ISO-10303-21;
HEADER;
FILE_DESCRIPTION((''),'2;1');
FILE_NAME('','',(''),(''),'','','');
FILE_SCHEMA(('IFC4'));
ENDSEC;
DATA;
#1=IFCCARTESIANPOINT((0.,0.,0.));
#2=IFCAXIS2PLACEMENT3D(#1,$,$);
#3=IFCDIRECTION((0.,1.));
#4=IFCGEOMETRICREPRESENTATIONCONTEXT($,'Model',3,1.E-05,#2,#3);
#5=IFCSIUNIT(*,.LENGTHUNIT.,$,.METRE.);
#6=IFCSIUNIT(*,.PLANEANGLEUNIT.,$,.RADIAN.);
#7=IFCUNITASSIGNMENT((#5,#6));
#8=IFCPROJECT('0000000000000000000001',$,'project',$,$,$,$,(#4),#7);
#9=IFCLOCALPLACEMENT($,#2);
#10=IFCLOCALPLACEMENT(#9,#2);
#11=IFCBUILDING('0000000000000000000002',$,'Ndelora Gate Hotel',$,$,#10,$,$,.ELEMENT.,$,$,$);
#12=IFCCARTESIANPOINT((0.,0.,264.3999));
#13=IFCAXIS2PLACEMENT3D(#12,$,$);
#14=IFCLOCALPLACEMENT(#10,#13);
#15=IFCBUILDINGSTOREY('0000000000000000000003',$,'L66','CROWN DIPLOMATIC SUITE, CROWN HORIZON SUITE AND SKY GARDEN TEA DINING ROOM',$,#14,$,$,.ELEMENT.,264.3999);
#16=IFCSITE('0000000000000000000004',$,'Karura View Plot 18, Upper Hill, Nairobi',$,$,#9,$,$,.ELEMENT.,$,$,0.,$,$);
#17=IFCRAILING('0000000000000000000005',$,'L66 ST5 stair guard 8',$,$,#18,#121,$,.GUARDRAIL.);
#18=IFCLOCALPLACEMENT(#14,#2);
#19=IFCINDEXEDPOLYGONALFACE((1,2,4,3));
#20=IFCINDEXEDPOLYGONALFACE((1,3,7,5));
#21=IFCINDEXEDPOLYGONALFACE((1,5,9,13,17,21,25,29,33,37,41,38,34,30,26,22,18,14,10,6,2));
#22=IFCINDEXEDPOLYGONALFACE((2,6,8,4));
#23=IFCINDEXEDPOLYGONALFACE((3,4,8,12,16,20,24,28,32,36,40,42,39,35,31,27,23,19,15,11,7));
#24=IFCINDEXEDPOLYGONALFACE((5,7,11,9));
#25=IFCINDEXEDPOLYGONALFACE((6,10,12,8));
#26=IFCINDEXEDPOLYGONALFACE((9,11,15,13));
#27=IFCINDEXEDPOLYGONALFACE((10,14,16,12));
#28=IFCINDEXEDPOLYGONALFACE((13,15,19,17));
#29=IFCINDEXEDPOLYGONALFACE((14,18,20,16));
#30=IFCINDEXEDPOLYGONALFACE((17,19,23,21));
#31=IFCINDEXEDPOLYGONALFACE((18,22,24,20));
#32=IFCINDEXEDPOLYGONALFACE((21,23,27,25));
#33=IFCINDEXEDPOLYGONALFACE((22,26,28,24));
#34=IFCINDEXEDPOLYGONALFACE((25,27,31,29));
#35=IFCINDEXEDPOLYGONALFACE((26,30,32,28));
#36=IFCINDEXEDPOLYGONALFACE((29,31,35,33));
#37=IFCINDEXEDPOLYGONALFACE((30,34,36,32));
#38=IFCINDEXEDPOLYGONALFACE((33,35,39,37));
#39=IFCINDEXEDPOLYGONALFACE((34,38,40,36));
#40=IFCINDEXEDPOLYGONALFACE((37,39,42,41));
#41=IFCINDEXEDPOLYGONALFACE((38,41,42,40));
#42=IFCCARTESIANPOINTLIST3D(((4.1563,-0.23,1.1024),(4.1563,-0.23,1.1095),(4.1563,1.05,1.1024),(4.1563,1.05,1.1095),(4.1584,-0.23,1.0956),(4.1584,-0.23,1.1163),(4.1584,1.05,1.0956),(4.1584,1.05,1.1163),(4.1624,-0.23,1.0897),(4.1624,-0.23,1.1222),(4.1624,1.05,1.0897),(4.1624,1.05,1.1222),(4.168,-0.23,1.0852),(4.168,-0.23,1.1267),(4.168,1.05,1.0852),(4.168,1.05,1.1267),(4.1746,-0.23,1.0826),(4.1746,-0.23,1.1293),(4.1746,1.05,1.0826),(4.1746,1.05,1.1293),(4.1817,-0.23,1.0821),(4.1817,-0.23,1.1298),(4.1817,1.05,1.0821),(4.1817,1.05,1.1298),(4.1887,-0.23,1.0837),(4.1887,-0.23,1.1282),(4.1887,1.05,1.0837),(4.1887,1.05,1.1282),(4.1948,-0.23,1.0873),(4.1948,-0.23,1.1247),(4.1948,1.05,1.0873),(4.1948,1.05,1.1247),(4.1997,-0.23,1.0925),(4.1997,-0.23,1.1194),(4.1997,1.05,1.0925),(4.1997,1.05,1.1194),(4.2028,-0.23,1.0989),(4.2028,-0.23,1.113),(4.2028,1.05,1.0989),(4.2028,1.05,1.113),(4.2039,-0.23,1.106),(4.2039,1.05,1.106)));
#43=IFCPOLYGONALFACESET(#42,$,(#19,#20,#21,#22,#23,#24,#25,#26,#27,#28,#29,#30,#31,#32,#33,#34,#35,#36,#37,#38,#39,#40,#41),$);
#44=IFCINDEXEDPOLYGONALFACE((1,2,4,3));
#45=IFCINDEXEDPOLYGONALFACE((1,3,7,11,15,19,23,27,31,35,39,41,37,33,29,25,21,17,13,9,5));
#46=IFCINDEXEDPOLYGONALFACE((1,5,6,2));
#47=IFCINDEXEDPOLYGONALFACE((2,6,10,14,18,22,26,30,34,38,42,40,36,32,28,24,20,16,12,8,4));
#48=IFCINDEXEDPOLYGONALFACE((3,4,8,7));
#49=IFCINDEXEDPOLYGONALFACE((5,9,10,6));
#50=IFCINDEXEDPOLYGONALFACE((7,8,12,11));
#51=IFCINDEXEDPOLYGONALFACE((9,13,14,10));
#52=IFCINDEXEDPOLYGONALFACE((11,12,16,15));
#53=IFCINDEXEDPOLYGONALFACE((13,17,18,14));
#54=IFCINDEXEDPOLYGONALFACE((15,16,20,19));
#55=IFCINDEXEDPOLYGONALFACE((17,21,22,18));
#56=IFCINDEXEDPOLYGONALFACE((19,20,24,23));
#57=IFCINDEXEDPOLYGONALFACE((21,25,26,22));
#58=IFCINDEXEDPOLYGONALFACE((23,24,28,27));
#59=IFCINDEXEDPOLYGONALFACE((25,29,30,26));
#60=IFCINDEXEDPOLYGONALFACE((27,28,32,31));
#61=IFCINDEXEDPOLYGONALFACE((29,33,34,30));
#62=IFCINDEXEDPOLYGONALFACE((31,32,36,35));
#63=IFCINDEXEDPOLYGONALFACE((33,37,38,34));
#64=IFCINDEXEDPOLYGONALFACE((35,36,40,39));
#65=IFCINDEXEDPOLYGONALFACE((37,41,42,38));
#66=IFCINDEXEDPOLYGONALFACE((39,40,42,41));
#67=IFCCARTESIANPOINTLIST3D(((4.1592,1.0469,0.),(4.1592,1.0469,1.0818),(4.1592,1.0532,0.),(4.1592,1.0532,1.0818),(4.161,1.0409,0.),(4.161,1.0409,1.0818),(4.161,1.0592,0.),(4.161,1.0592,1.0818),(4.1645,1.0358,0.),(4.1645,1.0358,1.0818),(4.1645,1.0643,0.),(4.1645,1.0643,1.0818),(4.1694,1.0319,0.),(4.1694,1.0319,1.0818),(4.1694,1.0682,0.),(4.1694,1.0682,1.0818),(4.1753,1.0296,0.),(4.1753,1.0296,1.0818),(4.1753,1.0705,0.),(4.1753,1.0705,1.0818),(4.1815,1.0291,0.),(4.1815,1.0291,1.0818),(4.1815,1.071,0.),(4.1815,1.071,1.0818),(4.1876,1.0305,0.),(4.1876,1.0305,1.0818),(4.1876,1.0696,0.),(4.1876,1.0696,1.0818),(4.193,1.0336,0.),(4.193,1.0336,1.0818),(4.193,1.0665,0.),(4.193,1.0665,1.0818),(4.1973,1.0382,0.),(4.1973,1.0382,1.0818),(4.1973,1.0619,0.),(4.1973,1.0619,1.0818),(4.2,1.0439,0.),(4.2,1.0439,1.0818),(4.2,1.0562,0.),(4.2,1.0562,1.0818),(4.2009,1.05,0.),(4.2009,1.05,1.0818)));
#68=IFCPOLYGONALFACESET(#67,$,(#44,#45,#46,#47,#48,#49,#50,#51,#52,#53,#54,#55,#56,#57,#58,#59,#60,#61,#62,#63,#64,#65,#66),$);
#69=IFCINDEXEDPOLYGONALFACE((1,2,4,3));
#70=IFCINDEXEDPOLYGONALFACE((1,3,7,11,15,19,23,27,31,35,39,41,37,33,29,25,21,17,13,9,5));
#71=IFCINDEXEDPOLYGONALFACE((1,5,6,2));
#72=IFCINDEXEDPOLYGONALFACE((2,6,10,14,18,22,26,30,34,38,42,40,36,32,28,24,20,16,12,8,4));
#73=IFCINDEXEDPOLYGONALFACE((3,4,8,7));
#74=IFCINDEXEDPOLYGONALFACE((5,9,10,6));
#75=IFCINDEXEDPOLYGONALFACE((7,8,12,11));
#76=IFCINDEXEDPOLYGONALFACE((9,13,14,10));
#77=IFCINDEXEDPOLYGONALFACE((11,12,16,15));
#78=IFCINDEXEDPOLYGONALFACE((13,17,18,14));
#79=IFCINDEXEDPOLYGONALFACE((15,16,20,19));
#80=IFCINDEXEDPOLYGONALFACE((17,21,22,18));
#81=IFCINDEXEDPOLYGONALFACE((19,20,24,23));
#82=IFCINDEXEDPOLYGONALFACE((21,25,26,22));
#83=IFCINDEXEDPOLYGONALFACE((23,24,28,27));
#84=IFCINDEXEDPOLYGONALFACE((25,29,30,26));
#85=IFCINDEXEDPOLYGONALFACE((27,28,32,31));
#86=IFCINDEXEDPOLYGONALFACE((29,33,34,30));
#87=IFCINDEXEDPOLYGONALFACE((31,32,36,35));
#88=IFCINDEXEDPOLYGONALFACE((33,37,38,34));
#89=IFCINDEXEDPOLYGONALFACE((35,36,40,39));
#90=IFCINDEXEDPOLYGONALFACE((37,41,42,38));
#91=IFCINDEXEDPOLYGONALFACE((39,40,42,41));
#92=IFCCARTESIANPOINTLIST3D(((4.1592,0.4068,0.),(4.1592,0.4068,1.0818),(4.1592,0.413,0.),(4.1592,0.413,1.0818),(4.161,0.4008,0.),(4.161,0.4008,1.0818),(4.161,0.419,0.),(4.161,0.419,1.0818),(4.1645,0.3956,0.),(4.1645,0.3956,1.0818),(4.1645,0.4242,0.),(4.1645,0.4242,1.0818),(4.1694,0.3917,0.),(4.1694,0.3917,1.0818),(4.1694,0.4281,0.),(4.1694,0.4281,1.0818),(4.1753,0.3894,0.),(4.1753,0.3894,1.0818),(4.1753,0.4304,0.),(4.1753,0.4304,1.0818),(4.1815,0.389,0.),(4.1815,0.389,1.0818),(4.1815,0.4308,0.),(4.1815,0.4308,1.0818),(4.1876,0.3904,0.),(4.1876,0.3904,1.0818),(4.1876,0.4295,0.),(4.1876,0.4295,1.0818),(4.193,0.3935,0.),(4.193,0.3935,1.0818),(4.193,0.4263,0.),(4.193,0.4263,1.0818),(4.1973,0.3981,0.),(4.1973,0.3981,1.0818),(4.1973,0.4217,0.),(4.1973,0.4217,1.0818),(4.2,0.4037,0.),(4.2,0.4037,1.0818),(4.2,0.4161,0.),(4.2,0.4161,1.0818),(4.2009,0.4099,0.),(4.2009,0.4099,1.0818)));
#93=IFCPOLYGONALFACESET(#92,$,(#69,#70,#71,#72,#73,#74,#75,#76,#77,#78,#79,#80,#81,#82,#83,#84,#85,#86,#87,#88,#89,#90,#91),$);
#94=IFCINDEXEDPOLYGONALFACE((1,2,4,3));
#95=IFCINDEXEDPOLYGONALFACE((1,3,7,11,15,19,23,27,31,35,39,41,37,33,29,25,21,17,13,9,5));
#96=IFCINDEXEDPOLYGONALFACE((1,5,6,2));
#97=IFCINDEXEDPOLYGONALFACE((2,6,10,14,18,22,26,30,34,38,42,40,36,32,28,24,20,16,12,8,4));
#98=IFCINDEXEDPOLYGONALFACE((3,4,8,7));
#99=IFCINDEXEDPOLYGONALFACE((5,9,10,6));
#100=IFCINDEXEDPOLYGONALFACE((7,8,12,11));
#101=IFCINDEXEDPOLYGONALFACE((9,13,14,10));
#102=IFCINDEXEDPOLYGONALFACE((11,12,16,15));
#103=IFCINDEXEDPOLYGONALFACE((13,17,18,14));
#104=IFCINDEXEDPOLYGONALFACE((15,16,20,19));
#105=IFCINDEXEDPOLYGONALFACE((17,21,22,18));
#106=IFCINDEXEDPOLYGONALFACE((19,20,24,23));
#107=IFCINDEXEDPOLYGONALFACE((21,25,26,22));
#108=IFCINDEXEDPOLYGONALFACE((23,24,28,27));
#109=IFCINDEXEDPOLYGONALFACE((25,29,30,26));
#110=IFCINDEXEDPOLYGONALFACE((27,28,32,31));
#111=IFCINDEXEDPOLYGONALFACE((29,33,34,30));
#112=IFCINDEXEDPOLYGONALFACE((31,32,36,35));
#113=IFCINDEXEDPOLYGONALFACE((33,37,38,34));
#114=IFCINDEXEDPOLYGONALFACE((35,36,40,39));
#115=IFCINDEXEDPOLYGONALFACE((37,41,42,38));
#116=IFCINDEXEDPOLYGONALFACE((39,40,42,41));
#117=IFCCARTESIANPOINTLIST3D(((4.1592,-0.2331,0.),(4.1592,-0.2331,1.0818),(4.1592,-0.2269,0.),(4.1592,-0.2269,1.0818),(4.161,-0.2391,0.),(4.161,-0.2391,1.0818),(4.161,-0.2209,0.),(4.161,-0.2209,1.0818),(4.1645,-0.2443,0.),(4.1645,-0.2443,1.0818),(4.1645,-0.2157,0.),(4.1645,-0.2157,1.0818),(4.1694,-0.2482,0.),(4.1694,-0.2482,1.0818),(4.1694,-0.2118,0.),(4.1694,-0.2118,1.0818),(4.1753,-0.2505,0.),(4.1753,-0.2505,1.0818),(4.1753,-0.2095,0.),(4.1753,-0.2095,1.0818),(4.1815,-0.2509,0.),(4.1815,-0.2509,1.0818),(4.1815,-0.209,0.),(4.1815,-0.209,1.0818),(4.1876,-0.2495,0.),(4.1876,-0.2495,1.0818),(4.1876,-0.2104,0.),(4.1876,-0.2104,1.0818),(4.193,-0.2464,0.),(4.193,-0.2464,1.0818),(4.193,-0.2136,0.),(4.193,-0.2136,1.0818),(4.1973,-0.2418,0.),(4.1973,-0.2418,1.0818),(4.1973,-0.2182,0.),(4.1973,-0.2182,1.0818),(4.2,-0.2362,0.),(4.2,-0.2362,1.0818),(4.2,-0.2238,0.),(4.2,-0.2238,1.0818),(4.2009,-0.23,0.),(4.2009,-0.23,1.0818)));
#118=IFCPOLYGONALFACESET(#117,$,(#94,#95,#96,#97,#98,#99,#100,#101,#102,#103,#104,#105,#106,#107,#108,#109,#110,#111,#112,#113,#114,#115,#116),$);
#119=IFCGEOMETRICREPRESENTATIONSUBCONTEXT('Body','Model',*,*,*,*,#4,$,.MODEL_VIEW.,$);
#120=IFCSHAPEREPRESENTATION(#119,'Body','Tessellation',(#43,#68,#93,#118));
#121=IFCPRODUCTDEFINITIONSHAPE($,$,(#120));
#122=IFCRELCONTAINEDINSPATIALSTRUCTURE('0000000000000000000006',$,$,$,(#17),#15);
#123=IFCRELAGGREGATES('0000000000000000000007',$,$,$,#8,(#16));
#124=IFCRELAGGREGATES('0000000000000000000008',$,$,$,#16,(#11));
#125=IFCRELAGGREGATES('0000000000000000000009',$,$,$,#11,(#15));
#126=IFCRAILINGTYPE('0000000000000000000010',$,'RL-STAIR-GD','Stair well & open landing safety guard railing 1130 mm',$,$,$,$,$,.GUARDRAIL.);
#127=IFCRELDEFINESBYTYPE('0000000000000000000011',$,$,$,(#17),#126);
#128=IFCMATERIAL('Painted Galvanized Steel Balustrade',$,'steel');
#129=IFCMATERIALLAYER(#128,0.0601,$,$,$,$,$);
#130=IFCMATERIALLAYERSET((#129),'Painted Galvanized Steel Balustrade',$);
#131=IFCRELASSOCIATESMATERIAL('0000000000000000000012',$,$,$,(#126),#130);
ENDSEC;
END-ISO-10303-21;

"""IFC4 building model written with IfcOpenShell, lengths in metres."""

from ifc_helpers import new_model, si_unit, direction, frame, origin, origin_2d, place, context, subcontext, project, spatial, circle, extrude, material, layer, layer_set, type_object, element, save


model = new_model("IFC4")

# Units and contexts
model_context = context("Model", 3, precision=1e-05, world=origin(), true_north=direction((0.0, 1.0)))
body_context = subcontext(model_context, "Body", "Model", "MODEL_VIEW")
ifc_project = project(units=[si_unit("LENGTHUNIT", "METRE"), si_unit("PLANEANGLEUNIT", "RADIAN")], contexts=[model_context])

# Site, building, storey
site_placement = place(None, origin())
site = spatial("IfcSite", under=ifc_project, at=site_placement, Name="Karura View Plot 18, Upper Hill, Nairobi", CompositionType="ELEMENT", RefElevation=0.0)
building_placement = place(site_placement, origin())
building = spatial("IfcBuilding", under=site, at=building_placement, Name="Ndelora Gate Hotel", CompositionType="ELEMENT")
storey_placement = place(building_placement, frame((0.0, 0.0, 264.3999)))
storey = spatial("IfcBuildingStorey", under=building, at=storey_placement, Name="L66", Description="CROWN DIPLOMATIC SUITE, CROWN HORIZON SUITE AND SKY GARDEN TEA DINING ROOM", CompositionType="ELEMENT", Elevation=264.3999)

# Railing
ifc_material_1 = material(Name="Painted Galvanized Steel Balustrade", Category="steel")
ifc_layer_1 = layer(ifc_material_1, 0.0601)
ifc_layer_set_1 = layer_set([ifc_layer_1], Name="Painted Galvanized Steel Balustrade")
railing_type = type_object("IfcRailingType", Name="RL-STAIR-GD", Description="Stair well & open landing safety guard railing 1130 mm", PredefinedType="GUARDRAIL", material=ifc_layer_set_1)
railing_1_placement = place(storey_placement, frame((4.1799, 1.05, 0.0)))
element("IfcRailing", 1, at=railing_1_placement, inside=storey, type_object=railing_type, Name="L66 ST5 stair guard 8", PredefinedType="GUARDRAIL", context=body_context, shape_type="SweptSolid", body=[
    extrude(circle(Radius=0.0239, at=origin_2d()), frame((0.0, 0.0, 1.106), z_axis=(0.0, -1.0, 0.0), x_axis=(1.0, 0.0, 0.0)), (0.0, 0.0, 1.0), 1.28),
    extrude(circle(Radius=0.021, at=origin_2d()), origin(), (0.0, 0.0, 1.0), 1.0818),
    extrude(circle(Radius=0.021, at=origin_2d()), frame((0.0, -0.6401, 0.0)), (0.0, 0.0, 1.0), 1.0818),
    extrude(circle(Radius=0.021, at=origin_2d()), frame((0.0, -1.28, 0.0)), (0.0, 0.0, 1.0), 1.0818),
])

save(model, "model.ifc")
